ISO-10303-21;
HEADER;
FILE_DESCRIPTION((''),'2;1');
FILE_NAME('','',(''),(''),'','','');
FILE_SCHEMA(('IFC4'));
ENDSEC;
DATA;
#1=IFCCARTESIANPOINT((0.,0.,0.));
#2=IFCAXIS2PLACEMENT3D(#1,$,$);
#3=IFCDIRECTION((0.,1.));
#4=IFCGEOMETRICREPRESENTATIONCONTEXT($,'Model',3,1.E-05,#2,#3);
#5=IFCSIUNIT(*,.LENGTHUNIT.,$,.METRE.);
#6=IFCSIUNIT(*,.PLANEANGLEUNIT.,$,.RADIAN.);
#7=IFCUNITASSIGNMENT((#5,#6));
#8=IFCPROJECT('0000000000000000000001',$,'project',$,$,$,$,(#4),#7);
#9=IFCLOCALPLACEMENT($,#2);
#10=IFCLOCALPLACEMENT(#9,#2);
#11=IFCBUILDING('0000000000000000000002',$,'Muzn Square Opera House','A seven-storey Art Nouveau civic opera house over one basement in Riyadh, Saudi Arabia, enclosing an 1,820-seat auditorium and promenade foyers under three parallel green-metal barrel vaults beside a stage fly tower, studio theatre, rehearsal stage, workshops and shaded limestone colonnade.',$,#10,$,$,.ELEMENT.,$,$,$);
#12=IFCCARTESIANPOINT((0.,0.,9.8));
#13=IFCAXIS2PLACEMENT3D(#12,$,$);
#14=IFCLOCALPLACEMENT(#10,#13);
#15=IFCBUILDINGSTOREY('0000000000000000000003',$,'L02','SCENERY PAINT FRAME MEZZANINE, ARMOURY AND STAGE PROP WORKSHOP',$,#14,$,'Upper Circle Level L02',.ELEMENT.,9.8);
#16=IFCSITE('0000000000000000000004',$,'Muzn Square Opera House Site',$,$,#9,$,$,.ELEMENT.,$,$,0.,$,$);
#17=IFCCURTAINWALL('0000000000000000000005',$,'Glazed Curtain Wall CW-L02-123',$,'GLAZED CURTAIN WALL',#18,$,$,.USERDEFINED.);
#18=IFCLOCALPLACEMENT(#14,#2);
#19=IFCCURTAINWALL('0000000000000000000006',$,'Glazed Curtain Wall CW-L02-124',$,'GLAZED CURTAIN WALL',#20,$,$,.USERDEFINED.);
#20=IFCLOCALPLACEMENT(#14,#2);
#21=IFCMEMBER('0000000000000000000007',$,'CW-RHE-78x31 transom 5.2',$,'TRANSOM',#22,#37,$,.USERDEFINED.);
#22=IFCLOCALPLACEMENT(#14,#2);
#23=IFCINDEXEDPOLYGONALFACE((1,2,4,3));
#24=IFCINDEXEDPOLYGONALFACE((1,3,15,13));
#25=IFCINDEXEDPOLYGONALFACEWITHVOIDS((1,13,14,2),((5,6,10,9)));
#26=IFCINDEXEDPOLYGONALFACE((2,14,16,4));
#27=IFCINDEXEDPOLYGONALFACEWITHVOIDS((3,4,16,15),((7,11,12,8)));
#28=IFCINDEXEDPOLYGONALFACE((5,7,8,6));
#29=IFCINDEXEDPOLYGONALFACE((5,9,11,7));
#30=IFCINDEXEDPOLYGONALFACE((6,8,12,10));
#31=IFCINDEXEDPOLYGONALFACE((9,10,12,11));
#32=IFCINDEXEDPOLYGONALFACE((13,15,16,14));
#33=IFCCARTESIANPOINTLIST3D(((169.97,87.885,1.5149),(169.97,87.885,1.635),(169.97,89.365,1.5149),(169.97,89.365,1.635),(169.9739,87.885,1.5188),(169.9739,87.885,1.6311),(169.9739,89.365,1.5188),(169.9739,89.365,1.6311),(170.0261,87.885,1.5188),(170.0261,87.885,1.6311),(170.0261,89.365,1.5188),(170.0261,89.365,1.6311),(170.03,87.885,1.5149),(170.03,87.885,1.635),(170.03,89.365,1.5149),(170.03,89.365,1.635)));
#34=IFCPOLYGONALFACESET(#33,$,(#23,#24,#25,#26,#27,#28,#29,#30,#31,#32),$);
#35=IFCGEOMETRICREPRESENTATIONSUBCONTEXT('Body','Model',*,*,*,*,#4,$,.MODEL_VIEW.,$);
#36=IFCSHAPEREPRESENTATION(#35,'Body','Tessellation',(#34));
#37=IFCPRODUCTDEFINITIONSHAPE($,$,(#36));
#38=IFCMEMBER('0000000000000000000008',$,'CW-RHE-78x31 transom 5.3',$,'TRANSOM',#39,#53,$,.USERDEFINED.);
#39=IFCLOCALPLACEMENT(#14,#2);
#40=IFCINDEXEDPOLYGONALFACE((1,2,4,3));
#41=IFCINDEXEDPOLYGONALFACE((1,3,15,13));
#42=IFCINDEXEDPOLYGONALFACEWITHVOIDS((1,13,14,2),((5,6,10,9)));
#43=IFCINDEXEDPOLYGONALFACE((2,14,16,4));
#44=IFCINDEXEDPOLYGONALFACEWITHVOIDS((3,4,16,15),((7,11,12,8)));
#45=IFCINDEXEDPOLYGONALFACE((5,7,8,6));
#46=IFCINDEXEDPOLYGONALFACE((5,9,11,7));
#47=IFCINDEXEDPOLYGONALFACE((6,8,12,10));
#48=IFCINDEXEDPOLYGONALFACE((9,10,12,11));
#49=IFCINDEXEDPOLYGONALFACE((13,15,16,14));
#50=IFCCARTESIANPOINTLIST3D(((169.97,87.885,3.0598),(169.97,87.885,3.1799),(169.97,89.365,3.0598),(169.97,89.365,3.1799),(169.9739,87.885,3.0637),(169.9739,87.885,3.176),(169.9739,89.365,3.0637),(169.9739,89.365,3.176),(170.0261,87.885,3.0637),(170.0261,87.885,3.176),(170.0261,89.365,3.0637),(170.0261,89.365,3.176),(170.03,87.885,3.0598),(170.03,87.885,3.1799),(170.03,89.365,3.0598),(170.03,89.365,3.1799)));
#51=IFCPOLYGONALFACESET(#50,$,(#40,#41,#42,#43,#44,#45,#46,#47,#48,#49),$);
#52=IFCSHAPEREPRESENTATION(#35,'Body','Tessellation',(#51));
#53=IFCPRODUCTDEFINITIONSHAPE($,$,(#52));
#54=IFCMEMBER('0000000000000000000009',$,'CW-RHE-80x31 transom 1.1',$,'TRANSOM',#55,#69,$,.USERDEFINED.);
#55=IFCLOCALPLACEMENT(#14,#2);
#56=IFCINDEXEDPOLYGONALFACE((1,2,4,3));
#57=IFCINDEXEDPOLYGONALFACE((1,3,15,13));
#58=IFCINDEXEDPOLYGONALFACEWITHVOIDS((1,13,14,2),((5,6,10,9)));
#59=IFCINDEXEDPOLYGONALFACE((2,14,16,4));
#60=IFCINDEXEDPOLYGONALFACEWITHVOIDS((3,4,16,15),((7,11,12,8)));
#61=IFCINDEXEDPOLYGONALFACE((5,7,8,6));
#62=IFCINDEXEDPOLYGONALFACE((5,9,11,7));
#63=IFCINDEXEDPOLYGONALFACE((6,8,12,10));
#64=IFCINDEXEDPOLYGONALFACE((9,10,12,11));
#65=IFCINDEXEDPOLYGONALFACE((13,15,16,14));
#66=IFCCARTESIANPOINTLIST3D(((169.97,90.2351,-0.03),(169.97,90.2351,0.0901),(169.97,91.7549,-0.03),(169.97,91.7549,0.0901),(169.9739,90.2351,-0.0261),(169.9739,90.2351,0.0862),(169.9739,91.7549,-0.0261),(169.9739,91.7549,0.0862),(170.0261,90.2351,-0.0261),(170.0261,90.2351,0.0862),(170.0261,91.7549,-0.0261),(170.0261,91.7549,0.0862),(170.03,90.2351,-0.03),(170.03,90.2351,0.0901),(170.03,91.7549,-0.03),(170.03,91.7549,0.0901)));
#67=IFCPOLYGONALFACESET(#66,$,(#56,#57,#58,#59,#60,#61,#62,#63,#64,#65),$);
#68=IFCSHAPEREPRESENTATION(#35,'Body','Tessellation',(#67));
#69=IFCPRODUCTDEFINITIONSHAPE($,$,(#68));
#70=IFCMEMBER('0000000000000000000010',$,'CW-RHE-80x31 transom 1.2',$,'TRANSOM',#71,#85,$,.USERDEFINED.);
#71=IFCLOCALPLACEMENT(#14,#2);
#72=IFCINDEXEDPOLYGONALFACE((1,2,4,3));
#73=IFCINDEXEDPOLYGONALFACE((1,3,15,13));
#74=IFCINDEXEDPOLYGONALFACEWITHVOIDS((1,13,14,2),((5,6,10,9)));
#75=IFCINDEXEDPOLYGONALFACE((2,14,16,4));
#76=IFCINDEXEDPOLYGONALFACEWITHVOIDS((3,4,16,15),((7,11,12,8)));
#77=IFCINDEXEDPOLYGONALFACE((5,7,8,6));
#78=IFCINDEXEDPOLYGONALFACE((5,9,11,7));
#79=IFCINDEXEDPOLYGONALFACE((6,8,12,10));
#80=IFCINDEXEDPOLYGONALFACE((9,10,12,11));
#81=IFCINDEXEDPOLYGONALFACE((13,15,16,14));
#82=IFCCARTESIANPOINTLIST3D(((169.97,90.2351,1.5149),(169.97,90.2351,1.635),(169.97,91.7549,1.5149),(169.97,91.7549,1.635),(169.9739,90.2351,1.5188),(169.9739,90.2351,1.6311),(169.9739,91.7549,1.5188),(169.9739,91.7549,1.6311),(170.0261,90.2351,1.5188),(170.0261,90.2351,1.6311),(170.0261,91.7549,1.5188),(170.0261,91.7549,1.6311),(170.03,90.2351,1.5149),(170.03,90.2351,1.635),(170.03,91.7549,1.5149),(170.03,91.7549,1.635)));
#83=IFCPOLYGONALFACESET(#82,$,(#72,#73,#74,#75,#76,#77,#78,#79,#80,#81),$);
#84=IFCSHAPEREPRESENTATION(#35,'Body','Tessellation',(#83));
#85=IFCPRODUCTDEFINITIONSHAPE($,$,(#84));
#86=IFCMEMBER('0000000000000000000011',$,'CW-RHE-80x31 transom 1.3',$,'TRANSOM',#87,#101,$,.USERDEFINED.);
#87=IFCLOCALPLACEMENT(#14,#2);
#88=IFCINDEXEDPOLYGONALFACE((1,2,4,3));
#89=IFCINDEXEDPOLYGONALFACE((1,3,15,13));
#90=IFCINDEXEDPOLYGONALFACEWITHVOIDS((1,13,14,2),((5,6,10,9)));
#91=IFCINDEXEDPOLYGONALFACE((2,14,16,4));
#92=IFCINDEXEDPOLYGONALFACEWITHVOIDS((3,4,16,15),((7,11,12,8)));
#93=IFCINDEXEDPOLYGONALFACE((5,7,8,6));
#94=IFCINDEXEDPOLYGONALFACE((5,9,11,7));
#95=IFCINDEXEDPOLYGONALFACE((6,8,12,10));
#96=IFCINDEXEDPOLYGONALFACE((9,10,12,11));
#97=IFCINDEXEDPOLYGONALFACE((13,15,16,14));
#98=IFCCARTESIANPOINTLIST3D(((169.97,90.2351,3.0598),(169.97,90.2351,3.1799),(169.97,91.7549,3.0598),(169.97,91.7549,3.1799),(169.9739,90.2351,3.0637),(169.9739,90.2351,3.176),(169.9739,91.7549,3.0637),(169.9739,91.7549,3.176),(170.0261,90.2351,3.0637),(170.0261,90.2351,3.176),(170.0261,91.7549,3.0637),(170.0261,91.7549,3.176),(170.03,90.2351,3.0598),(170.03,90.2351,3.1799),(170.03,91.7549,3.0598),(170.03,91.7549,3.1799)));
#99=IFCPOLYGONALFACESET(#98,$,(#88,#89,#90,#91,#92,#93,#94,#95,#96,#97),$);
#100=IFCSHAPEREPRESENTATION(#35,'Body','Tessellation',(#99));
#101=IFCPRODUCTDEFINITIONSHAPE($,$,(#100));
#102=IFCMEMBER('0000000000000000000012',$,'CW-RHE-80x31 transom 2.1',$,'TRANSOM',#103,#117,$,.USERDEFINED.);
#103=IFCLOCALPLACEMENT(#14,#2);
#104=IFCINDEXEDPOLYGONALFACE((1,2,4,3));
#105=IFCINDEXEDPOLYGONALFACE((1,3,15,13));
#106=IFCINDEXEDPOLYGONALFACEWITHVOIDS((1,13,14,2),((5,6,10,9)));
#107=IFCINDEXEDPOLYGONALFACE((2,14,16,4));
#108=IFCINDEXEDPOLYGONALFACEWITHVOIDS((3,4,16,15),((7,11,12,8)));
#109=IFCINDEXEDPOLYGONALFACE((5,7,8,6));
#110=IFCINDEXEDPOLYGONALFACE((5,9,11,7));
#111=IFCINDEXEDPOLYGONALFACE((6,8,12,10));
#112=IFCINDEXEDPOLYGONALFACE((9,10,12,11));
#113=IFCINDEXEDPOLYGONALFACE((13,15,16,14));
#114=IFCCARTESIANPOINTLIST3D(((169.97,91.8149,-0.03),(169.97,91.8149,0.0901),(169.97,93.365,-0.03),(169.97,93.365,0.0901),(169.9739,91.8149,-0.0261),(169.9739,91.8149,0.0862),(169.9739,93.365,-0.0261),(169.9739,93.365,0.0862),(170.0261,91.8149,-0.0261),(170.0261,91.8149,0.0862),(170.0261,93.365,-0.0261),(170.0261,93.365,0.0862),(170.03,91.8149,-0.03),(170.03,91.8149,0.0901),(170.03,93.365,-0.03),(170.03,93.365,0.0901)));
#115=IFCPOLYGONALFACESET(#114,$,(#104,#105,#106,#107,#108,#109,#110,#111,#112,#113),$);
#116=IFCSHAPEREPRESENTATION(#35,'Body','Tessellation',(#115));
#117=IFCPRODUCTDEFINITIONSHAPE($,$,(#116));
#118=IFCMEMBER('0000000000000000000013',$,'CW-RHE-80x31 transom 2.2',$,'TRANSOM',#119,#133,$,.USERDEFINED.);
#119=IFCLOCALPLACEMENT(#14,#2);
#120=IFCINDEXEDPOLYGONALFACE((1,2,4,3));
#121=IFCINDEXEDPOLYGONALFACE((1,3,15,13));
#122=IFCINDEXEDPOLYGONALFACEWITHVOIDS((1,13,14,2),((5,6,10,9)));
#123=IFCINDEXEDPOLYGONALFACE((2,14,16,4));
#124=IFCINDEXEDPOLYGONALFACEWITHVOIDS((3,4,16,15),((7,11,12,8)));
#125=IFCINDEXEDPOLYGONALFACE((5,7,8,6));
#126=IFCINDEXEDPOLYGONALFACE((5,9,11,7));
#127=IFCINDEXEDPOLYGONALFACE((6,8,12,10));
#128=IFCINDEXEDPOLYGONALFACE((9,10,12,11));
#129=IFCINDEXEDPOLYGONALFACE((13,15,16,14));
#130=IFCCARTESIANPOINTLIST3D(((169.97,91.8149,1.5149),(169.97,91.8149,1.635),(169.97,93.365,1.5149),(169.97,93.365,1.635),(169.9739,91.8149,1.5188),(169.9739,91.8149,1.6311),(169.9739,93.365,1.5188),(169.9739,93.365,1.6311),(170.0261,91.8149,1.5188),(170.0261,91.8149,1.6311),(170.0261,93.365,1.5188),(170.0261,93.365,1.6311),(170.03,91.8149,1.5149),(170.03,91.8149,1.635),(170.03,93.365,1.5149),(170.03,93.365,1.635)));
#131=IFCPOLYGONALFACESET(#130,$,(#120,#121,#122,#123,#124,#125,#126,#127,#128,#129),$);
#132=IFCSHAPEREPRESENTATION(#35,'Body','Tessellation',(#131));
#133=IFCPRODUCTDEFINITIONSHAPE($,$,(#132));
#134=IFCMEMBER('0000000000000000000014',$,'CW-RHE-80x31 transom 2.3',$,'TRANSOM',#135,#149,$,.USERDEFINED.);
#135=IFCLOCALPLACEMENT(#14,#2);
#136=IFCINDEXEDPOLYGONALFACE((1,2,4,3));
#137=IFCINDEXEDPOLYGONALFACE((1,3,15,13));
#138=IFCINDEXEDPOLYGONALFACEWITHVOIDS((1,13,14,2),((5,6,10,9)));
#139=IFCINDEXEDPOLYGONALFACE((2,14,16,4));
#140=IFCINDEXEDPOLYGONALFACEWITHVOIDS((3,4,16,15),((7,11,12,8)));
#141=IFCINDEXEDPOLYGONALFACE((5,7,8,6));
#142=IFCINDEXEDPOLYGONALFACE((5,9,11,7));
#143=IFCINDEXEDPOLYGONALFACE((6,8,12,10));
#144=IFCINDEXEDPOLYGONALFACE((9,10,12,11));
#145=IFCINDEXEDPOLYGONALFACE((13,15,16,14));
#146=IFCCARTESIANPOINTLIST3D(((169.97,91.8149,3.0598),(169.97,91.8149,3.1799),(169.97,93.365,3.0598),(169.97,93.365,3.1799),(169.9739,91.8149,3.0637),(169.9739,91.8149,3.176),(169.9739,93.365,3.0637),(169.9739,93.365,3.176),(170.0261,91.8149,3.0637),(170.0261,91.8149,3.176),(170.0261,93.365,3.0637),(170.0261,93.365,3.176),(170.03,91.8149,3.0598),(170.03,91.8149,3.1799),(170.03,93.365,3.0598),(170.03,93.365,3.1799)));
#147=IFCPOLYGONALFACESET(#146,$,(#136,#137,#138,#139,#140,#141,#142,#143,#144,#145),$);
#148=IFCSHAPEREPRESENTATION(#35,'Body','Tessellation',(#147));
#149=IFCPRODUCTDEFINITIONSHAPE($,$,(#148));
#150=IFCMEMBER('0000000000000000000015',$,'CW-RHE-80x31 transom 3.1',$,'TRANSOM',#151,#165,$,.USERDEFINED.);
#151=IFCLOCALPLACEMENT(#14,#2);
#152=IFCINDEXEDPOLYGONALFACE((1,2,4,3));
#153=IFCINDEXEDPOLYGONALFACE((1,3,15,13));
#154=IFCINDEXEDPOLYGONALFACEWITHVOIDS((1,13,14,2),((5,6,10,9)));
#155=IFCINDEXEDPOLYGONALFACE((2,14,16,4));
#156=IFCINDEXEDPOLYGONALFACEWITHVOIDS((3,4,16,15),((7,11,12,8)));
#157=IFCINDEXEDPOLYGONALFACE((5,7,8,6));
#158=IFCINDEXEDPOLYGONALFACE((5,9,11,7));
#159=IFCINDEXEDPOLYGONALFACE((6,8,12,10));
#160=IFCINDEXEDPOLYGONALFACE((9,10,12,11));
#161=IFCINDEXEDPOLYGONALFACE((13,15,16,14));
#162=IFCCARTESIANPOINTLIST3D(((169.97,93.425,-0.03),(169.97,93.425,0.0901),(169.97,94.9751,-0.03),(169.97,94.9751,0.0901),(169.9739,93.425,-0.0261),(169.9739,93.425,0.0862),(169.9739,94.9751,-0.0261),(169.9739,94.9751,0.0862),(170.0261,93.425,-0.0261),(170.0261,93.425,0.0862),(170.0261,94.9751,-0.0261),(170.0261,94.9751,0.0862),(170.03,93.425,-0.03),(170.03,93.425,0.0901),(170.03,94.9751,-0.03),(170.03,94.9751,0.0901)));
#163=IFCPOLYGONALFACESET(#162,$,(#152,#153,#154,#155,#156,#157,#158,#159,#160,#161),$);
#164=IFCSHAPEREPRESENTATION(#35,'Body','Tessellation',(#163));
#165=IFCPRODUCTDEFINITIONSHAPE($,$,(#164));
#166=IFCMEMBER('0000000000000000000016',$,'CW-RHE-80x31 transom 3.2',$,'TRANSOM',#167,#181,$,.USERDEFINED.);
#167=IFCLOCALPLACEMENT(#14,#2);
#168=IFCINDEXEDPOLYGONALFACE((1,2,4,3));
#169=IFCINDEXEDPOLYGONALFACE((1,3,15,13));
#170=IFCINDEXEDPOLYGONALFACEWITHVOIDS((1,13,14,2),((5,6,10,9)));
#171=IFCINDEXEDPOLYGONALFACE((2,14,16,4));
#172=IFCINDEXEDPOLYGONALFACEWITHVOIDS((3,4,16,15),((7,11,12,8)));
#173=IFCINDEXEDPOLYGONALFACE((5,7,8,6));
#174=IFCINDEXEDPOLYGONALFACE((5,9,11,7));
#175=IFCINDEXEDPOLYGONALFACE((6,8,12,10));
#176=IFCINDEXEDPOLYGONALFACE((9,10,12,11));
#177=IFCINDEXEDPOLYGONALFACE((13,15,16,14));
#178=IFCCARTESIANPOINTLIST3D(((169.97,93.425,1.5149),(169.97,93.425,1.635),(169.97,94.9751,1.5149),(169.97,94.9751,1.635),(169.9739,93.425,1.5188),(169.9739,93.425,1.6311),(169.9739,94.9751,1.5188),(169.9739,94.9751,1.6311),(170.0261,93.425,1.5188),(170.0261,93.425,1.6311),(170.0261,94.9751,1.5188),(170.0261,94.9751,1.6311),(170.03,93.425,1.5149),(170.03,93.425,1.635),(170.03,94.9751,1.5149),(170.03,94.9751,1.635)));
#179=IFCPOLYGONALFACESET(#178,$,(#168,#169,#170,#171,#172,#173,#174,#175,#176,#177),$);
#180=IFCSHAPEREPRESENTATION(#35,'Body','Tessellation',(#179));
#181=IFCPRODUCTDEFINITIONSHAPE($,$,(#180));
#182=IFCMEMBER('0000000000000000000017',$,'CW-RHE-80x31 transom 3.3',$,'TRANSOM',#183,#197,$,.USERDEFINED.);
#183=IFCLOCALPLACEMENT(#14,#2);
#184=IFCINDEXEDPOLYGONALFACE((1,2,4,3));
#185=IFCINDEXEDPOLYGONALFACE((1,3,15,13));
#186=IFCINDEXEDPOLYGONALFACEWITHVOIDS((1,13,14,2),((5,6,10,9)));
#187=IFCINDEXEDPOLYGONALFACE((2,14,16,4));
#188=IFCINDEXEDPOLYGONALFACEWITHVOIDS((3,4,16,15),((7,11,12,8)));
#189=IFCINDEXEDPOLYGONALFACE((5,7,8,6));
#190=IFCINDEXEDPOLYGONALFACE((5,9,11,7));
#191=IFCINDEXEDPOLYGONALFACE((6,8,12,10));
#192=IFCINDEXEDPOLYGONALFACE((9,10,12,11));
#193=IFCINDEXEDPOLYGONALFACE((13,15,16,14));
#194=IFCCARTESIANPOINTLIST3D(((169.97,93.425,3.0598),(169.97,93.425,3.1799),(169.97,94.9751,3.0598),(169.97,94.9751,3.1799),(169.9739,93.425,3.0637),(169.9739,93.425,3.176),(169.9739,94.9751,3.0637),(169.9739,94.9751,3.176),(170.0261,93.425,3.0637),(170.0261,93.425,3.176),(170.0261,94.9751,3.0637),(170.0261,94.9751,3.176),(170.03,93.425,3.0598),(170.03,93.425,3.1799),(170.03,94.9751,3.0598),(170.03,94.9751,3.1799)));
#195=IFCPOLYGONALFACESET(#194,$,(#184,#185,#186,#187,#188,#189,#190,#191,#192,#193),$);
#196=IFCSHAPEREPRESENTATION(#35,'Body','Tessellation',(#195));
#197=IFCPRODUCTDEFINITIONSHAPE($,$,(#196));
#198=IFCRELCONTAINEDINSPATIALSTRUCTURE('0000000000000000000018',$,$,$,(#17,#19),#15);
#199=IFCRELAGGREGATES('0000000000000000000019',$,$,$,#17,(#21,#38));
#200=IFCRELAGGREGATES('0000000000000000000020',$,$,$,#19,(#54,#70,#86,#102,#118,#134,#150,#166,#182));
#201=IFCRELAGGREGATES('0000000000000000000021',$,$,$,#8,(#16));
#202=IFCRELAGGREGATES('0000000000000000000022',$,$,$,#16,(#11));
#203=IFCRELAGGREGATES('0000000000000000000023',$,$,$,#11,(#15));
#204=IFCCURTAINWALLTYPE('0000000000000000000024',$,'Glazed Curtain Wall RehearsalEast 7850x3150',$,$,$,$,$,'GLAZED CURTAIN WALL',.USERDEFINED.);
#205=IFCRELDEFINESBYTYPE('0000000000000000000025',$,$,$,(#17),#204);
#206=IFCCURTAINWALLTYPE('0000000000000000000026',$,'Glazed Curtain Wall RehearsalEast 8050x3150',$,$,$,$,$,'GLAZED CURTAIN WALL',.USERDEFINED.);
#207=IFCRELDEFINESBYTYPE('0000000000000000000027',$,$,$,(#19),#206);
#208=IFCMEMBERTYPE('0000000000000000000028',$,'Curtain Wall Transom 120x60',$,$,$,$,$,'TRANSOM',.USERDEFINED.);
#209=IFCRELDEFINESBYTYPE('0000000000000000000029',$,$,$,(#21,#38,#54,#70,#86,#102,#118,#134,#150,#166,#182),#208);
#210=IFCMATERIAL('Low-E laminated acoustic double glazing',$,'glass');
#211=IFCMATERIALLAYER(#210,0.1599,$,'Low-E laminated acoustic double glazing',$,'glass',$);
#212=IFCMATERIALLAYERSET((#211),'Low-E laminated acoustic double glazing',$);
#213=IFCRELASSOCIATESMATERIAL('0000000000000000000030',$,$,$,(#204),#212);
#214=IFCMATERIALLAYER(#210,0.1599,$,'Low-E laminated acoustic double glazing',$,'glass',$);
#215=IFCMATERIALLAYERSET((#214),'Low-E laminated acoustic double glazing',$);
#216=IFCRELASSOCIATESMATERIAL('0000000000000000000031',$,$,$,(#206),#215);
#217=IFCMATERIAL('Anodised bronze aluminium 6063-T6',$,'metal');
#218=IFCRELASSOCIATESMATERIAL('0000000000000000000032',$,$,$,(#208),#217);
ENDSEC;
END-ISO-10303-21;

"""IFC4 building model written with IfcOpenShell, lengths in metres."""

from ifc_helpers import new_model, si_unit, direction, frame, origin, origin_2d, place, context, subcontext, project, spatial, hollow_rectangle, extrude, material, layer, layer_set, material_profile, profile_set, type_object, element, aggregate, save


model = new_model("IFC4")

# Units and contexts
model_context = context("Model", 3, precision=1e-05, world=origin(), true_north=direction((0.0, 1.0)))
body_context = subcontext(model_context, "Body", "Model", "MODEL_VIEW")
ifc_project = project(units=[si_unit("LENGTHUNIT", "METRE"), si_unit("PLANEANGLEUNIT", "RADIAN")], contexts=[model_context])

# Site, building, storey
site_placement = place(None, origin())
site = spatial("IfcSite", under=ifc_project, at=site_placement, Name="Muzn Square Opera House Site", CompositionType="ELEMENT", RefElevation=0.0)
building_placement = place(site_placement, origin())
building = spatial("IfcBuilding", under=site, at=building_placement, Name="Muzn Square Opera House", Description="A seven-storey Art Nouveau civic opera house over one basement in Riyadh, Saudi Arabia, enclosing an 1,820-seat auditorium and promenade foyers under three parallel green-metal barrel vaults beside a stage fly tower, studio theatre, rehearsal stage, workshops and shaded limestone colonnade.", CompositionType="ELEMENT")
storey_placement = place(building_placement, frame((0.0, 0.0, 9.8)))
storey = spatial("IfcBuildingStorey", under=building, at=storey_placement, Name="L02", Description="SCENERY PAINT FRAME MEZZANINE, ARMOURY AND STAGE PROP WORKSHOP", LongName="Upper Circle Level L02", CompositionType="ELEMENT", Elevation=9.8)

# Curtain walls
ifc_material_1 = material(Name="Low-E laminated acoustic double glazing", Category="glass")
ifc_layer_1 = layer(ifc_material_1, 0.1599, Name="Low-E laminated acoustic double glazing", Category="glass")
ifc_layer_set_1 = layer_set([ifc_layer_1], Name="Low-E laminated acoustic double glazing")
curtain_wall_type_1 = type_object("IfcCurtainWallType", Name="Glazed Curtain Wall RehearsalEast 7850x3150", ElementType="GLAZED CURTAIN WALL", PredefinedType="USERDEFINED", material=ifc_layer_set_1)
curtain_wall_1_placement = place(storey_placement, origin())
curtain_wall_1 = element("IfcCurtainWall", 1, at=curtain_wall_1_placement, inside=storey, type_object=curtain_wall_type_1, Name="Glazed Curtain Wall CW-L02-123", ObjectType="GLAZED CURTAIN WALL", PredefinedType="USERDEFINED")
ifc_material_2 = material(Name="Anodised bronze aluminium 6063-T6", Category="metal")
ifc_layer_2 = layer(ifc_material_1, 0.1599, Name="Low-E laminated acoustic double glazing", Category="glass")
ifc_layer_set_2 = layer_set([ifc_layer_2], Name="Low-E laminated acoustic double glazing")
curtain_wall_type_2 = type_object("IfcCurtainWallType", Name="Glazed Curtain Wall RehearsalEast 8050x3150", ElementType="GLAZED CURTAIN WALL", PredefinedType="USERDEFINED", material=ifc_layer_set_2)
curtain_wall_2_placement = place(storey_placement, origin())
curtain_wall_2 = element("IfcCurtainWall", 2, at=curtain_wall_2_placement, inside=storey, type_object=curtain_wall_type_2, Name="Glazed Curtain Wall CW-L02-124", ObjectType="GLAZED CURTAIN WALL", PredefinedType="USERDEFINED")

# Members
ifc_material_profile_1 = material_profile(ifc_material_2, hollow_rectangle(XDim=0.0601, YDim=0.1201, WallThickness=0.0039, at=origin_2d()), Name="ALU 120x60x4", Category="metal")
ifc_profile_set_1 = profile_set([ifc_material_profile_1], Name="Anodised bronze aluminium 6063-T6")
member_type_1 = type_object("IfcMemberType", Name="Curtain Wall Transom 120x60", ElementType="TRANSOM", PredefinedType="USERDEFINED", material=ifc_profile_set_1)
member_1_placement = place(storey_placement, frame((170.0, 87.885, 1.575), z_axis=(0.0, 1.0, 0.0), x_axis=(-1.0, 0.0, 0.0)))
member_1 = element("IfcMember", 3, at=member_1_placement, type_object=member_type_1, Name="CW-RHE-78x31 transom 5.2", ObjectType="TRANSOM", PredefinedType="USERDEFINED", context=body_context, shape_type="SweptSolid", body=[
    extrude(hollow_rectangle(XDim=0.0601, YDim=0.1201, WallThickness=0.0039, at=origin_2d()), origin(), (0.0, 0.0, 1.0), 1.48),
])
member_2_placement = place(storey_placement, frame((170.0, 87.885, 3.1199), z_axis=(0.0, 1.0, 0.0), x_axis=(-1.0, 0.0, 0.0)))
member_2 = element("IfcMember", 4, at=member_2_placement, type_object=member_type_1, Name="CW-RHE-78x31 transom 5.3", ObjectType="TRANSOM", PredefinedType="USERDEFINED", context=body_context, shape_type="SweptSolid", body=[
    extrude(hollow_rectangle(XDim=0.0601, YDim=0.1201, WallThickness=0.0039, at=origin_2d()), origin(), (0.0, 0.0, 1.0), 1.48),
])
member_3_placement = place(storey_placement, frame((170.0, 90.2351, 0.03), z_axis=(0.0, 1.0, 0.0), x_axis=(-1.0, 0.0, 0.0)))
member_3 = element("IfcMember", 5, at=member_3_placement, type_object=member_type_1, Name="CW-RHE-80x31 transom 1.1", ObjectType="TRANSOM", PredefinedType="USERDEFINED", context=body_context, shape_type="SweptSolid", body=[
    extrude(hollow_rectangle(XDim=0.0601, YDim=0.1201, WallThickness=0.0039, at=origin_2d()), origin(), (0.0, 0.0, 1.0), 1.5198),
])
member_4_placement = place(storey_placement, frame((170.0, 90.2351, 1.575), z_axis=(0.0, 1.0, 0.0), x_axis=(-1.0, 0.0, 0.0)))
member_4 = element("IfcMember", 6, at=member_4_placement, type_object=member_type_1, Name="CW-RHE-80x31 transom 1.2", ObjectType="TRANSOM", PredefinedType="USERDEFINED", context=body_context, shape_type="SweptSolid", body=[
    extrude(hollow_rectangle(XDim=0.0601, YDim=0.1201, WallThickness=0.0039, at=origin_2d()), origin(), (0.0, 0.0, 1.0), 1.5198),
])
member_5_placement = place(storey_placement, frame((170.0, 90.2351, 3.1199), z_axis=(0.0, 1.0, 0.0), x_axis=(-1.0, 0.0, 0.0)))
member_5 = element("IfcMember", 7, at=member_5_placement, type_object=member_type_1, Name="CW-RHE-80x31 transom 1.3", ObjectType="TRANSOM", PredefinedType="USERDEFINED", context=body_context, shape_type="SweptSolid", body=[
    extrude(hollow_rectangle(XDim=0.0601, YDim=0.1201, WallThickness=0.0039, at=origin_2d()), origin(), (0.0, 0.0, 1.0), 1.5198),
])
member_6_placement = place(storey_placement, frame((170.0, 91.8149, 0.03), z_axis=(0.0, 1.0, 0.0), x_axis=(-1.0, 0.0, 0.0)))
member_6 = element("IfcMember", 8, at=member_6_placement, type_object=member_type_1, Name="CW-RHE-80x31 transom 2.1", ObjectType="TRANSOM", PredefinedType="USERDEFINED", context=body_context, shape_type="SweptSolid", body=[
    extrude(hollow_rectangle(XDim=0.0601, YDim=0.1201, WallThickness=0.0039, at=origin_2d()), origin(), (0.0, 0.0, 1.0), 1.55),
])
member_7_placement = place(storey_placement, frame((170.0, 91.8149, 1.575), z_axis=(0.0, 1.0, 0.0), x_axis=(-1.0, 0.0, 0.0)))
member_7 = element("IfcMember", 9, at=member_7_placement, type_object=member_type_1, Name="CW-RHE-80x31 transom 2.2", ObjectType="TRANSOM", PredefinedType="USERDEFINED", context=body_context, shape_type="SweptSolid", body=[
    extrude(hollow_rectangle(XDim=0.0601, YDim=0.1201, WallThickness=0.0039, at=origin_2d()), origin(), (0.0, 0.0, 1.0), 1.55),
])
member_8_placement = place(storey_placement, frame((170.0, 91.8149, 3.1199), z_axis=(0.0, 1.0, 0.0), x_axis=(-1.0, 0.0, 0.0)))
member_8 = element("IfcMember", 10, at=member_8_placement, type_object=member_type_1, Name="CW-RHE-80x31 transom 2.3", ObjectType="TRANSOM", PredefinedType="USERDEFINED", context=body_context, shape_type="SweptSolid", body=[
    extrude(hollow_rectangle(XDim=0.0601, YDim=0.1201, WallThickness=0.0039, at=origin_2d()), origin(), (0.0, 0.0, 1.0), 1.55),
])
member_9_placement = place(storey_placement, frame((170.0, 93.425, 0.03), z_axis=(0.0, 1.0, 0.0), x_axis=(-1.0, 0.0, 0.0)))
member_9 = element("IfcMember", 11, at=member_9_placement, type_object=member_type_1, Name="CW-RHE-80x31 transom 3.1", ObjectType="TRANSOM", PredefinedType="USERDEFINED", context=body_context, shape_type="SweptSolid", body=[
    extrude(hollow_rectangle(XDim=0.0601, YDim=0.1201, WallThickness=0.0039, at=origin_2d()), origin(), (0.0, 0.0, 1.0), 1.55),
])
member_10_placement = place(storey_placement, frame((170.0, 93.425, 1.575), z_axis=(0.0, 1.0, 0.0), x_axis=(-1.0, 0.0, 0.0)))
member_10 = element("IfcMember", 12, at=member_10_placement, type_object=member_type_1, Name="CW-RHE-80x31 transom 3.2", ObjectType="TRANSOM", PredefinedType="USERDEFINED", context=body_context, shape_type="SweptSolid", body=[
    extrude(hollow_rectangle(XDim=0.0601, YDim=0.1201, WallThickness=0.0039, at=origin_2d()), origin(), (0.0, 0.0, 1.0), 1.55),
])
member_11_placement = place(storey_placement, frame((170.0, 93.425, 3.1199), z_axis=(0.0, 1.0, 0.0), x_axis=(-1.0, 0.0, 0.0)))
member_11 = element("IfcMember", 13, at=member_11_placement, type_object=member_type_1, Name="CW-RHE-80x31 transom 3.3", ObjectType="TRANSOM", PredefinedType="USERDEFINED", context=body_context, shape_type="SweptSolid", body=[
    extrude(hollow_rectangle(XDim=0.0601, YDim=0.1201, WallThickness=0.0039, at=origin_2d()), origin(), (0.0, 0.0, 1.0), 1.55),
])

aggregate(curtain_wall_1, [member_1, member_2])
aggregate(curtain_wall_2, [member_3, member_4, member_5, member_6, member_7, member_8, member_9, member_10, member_11])

save(model, "model.ifc")
